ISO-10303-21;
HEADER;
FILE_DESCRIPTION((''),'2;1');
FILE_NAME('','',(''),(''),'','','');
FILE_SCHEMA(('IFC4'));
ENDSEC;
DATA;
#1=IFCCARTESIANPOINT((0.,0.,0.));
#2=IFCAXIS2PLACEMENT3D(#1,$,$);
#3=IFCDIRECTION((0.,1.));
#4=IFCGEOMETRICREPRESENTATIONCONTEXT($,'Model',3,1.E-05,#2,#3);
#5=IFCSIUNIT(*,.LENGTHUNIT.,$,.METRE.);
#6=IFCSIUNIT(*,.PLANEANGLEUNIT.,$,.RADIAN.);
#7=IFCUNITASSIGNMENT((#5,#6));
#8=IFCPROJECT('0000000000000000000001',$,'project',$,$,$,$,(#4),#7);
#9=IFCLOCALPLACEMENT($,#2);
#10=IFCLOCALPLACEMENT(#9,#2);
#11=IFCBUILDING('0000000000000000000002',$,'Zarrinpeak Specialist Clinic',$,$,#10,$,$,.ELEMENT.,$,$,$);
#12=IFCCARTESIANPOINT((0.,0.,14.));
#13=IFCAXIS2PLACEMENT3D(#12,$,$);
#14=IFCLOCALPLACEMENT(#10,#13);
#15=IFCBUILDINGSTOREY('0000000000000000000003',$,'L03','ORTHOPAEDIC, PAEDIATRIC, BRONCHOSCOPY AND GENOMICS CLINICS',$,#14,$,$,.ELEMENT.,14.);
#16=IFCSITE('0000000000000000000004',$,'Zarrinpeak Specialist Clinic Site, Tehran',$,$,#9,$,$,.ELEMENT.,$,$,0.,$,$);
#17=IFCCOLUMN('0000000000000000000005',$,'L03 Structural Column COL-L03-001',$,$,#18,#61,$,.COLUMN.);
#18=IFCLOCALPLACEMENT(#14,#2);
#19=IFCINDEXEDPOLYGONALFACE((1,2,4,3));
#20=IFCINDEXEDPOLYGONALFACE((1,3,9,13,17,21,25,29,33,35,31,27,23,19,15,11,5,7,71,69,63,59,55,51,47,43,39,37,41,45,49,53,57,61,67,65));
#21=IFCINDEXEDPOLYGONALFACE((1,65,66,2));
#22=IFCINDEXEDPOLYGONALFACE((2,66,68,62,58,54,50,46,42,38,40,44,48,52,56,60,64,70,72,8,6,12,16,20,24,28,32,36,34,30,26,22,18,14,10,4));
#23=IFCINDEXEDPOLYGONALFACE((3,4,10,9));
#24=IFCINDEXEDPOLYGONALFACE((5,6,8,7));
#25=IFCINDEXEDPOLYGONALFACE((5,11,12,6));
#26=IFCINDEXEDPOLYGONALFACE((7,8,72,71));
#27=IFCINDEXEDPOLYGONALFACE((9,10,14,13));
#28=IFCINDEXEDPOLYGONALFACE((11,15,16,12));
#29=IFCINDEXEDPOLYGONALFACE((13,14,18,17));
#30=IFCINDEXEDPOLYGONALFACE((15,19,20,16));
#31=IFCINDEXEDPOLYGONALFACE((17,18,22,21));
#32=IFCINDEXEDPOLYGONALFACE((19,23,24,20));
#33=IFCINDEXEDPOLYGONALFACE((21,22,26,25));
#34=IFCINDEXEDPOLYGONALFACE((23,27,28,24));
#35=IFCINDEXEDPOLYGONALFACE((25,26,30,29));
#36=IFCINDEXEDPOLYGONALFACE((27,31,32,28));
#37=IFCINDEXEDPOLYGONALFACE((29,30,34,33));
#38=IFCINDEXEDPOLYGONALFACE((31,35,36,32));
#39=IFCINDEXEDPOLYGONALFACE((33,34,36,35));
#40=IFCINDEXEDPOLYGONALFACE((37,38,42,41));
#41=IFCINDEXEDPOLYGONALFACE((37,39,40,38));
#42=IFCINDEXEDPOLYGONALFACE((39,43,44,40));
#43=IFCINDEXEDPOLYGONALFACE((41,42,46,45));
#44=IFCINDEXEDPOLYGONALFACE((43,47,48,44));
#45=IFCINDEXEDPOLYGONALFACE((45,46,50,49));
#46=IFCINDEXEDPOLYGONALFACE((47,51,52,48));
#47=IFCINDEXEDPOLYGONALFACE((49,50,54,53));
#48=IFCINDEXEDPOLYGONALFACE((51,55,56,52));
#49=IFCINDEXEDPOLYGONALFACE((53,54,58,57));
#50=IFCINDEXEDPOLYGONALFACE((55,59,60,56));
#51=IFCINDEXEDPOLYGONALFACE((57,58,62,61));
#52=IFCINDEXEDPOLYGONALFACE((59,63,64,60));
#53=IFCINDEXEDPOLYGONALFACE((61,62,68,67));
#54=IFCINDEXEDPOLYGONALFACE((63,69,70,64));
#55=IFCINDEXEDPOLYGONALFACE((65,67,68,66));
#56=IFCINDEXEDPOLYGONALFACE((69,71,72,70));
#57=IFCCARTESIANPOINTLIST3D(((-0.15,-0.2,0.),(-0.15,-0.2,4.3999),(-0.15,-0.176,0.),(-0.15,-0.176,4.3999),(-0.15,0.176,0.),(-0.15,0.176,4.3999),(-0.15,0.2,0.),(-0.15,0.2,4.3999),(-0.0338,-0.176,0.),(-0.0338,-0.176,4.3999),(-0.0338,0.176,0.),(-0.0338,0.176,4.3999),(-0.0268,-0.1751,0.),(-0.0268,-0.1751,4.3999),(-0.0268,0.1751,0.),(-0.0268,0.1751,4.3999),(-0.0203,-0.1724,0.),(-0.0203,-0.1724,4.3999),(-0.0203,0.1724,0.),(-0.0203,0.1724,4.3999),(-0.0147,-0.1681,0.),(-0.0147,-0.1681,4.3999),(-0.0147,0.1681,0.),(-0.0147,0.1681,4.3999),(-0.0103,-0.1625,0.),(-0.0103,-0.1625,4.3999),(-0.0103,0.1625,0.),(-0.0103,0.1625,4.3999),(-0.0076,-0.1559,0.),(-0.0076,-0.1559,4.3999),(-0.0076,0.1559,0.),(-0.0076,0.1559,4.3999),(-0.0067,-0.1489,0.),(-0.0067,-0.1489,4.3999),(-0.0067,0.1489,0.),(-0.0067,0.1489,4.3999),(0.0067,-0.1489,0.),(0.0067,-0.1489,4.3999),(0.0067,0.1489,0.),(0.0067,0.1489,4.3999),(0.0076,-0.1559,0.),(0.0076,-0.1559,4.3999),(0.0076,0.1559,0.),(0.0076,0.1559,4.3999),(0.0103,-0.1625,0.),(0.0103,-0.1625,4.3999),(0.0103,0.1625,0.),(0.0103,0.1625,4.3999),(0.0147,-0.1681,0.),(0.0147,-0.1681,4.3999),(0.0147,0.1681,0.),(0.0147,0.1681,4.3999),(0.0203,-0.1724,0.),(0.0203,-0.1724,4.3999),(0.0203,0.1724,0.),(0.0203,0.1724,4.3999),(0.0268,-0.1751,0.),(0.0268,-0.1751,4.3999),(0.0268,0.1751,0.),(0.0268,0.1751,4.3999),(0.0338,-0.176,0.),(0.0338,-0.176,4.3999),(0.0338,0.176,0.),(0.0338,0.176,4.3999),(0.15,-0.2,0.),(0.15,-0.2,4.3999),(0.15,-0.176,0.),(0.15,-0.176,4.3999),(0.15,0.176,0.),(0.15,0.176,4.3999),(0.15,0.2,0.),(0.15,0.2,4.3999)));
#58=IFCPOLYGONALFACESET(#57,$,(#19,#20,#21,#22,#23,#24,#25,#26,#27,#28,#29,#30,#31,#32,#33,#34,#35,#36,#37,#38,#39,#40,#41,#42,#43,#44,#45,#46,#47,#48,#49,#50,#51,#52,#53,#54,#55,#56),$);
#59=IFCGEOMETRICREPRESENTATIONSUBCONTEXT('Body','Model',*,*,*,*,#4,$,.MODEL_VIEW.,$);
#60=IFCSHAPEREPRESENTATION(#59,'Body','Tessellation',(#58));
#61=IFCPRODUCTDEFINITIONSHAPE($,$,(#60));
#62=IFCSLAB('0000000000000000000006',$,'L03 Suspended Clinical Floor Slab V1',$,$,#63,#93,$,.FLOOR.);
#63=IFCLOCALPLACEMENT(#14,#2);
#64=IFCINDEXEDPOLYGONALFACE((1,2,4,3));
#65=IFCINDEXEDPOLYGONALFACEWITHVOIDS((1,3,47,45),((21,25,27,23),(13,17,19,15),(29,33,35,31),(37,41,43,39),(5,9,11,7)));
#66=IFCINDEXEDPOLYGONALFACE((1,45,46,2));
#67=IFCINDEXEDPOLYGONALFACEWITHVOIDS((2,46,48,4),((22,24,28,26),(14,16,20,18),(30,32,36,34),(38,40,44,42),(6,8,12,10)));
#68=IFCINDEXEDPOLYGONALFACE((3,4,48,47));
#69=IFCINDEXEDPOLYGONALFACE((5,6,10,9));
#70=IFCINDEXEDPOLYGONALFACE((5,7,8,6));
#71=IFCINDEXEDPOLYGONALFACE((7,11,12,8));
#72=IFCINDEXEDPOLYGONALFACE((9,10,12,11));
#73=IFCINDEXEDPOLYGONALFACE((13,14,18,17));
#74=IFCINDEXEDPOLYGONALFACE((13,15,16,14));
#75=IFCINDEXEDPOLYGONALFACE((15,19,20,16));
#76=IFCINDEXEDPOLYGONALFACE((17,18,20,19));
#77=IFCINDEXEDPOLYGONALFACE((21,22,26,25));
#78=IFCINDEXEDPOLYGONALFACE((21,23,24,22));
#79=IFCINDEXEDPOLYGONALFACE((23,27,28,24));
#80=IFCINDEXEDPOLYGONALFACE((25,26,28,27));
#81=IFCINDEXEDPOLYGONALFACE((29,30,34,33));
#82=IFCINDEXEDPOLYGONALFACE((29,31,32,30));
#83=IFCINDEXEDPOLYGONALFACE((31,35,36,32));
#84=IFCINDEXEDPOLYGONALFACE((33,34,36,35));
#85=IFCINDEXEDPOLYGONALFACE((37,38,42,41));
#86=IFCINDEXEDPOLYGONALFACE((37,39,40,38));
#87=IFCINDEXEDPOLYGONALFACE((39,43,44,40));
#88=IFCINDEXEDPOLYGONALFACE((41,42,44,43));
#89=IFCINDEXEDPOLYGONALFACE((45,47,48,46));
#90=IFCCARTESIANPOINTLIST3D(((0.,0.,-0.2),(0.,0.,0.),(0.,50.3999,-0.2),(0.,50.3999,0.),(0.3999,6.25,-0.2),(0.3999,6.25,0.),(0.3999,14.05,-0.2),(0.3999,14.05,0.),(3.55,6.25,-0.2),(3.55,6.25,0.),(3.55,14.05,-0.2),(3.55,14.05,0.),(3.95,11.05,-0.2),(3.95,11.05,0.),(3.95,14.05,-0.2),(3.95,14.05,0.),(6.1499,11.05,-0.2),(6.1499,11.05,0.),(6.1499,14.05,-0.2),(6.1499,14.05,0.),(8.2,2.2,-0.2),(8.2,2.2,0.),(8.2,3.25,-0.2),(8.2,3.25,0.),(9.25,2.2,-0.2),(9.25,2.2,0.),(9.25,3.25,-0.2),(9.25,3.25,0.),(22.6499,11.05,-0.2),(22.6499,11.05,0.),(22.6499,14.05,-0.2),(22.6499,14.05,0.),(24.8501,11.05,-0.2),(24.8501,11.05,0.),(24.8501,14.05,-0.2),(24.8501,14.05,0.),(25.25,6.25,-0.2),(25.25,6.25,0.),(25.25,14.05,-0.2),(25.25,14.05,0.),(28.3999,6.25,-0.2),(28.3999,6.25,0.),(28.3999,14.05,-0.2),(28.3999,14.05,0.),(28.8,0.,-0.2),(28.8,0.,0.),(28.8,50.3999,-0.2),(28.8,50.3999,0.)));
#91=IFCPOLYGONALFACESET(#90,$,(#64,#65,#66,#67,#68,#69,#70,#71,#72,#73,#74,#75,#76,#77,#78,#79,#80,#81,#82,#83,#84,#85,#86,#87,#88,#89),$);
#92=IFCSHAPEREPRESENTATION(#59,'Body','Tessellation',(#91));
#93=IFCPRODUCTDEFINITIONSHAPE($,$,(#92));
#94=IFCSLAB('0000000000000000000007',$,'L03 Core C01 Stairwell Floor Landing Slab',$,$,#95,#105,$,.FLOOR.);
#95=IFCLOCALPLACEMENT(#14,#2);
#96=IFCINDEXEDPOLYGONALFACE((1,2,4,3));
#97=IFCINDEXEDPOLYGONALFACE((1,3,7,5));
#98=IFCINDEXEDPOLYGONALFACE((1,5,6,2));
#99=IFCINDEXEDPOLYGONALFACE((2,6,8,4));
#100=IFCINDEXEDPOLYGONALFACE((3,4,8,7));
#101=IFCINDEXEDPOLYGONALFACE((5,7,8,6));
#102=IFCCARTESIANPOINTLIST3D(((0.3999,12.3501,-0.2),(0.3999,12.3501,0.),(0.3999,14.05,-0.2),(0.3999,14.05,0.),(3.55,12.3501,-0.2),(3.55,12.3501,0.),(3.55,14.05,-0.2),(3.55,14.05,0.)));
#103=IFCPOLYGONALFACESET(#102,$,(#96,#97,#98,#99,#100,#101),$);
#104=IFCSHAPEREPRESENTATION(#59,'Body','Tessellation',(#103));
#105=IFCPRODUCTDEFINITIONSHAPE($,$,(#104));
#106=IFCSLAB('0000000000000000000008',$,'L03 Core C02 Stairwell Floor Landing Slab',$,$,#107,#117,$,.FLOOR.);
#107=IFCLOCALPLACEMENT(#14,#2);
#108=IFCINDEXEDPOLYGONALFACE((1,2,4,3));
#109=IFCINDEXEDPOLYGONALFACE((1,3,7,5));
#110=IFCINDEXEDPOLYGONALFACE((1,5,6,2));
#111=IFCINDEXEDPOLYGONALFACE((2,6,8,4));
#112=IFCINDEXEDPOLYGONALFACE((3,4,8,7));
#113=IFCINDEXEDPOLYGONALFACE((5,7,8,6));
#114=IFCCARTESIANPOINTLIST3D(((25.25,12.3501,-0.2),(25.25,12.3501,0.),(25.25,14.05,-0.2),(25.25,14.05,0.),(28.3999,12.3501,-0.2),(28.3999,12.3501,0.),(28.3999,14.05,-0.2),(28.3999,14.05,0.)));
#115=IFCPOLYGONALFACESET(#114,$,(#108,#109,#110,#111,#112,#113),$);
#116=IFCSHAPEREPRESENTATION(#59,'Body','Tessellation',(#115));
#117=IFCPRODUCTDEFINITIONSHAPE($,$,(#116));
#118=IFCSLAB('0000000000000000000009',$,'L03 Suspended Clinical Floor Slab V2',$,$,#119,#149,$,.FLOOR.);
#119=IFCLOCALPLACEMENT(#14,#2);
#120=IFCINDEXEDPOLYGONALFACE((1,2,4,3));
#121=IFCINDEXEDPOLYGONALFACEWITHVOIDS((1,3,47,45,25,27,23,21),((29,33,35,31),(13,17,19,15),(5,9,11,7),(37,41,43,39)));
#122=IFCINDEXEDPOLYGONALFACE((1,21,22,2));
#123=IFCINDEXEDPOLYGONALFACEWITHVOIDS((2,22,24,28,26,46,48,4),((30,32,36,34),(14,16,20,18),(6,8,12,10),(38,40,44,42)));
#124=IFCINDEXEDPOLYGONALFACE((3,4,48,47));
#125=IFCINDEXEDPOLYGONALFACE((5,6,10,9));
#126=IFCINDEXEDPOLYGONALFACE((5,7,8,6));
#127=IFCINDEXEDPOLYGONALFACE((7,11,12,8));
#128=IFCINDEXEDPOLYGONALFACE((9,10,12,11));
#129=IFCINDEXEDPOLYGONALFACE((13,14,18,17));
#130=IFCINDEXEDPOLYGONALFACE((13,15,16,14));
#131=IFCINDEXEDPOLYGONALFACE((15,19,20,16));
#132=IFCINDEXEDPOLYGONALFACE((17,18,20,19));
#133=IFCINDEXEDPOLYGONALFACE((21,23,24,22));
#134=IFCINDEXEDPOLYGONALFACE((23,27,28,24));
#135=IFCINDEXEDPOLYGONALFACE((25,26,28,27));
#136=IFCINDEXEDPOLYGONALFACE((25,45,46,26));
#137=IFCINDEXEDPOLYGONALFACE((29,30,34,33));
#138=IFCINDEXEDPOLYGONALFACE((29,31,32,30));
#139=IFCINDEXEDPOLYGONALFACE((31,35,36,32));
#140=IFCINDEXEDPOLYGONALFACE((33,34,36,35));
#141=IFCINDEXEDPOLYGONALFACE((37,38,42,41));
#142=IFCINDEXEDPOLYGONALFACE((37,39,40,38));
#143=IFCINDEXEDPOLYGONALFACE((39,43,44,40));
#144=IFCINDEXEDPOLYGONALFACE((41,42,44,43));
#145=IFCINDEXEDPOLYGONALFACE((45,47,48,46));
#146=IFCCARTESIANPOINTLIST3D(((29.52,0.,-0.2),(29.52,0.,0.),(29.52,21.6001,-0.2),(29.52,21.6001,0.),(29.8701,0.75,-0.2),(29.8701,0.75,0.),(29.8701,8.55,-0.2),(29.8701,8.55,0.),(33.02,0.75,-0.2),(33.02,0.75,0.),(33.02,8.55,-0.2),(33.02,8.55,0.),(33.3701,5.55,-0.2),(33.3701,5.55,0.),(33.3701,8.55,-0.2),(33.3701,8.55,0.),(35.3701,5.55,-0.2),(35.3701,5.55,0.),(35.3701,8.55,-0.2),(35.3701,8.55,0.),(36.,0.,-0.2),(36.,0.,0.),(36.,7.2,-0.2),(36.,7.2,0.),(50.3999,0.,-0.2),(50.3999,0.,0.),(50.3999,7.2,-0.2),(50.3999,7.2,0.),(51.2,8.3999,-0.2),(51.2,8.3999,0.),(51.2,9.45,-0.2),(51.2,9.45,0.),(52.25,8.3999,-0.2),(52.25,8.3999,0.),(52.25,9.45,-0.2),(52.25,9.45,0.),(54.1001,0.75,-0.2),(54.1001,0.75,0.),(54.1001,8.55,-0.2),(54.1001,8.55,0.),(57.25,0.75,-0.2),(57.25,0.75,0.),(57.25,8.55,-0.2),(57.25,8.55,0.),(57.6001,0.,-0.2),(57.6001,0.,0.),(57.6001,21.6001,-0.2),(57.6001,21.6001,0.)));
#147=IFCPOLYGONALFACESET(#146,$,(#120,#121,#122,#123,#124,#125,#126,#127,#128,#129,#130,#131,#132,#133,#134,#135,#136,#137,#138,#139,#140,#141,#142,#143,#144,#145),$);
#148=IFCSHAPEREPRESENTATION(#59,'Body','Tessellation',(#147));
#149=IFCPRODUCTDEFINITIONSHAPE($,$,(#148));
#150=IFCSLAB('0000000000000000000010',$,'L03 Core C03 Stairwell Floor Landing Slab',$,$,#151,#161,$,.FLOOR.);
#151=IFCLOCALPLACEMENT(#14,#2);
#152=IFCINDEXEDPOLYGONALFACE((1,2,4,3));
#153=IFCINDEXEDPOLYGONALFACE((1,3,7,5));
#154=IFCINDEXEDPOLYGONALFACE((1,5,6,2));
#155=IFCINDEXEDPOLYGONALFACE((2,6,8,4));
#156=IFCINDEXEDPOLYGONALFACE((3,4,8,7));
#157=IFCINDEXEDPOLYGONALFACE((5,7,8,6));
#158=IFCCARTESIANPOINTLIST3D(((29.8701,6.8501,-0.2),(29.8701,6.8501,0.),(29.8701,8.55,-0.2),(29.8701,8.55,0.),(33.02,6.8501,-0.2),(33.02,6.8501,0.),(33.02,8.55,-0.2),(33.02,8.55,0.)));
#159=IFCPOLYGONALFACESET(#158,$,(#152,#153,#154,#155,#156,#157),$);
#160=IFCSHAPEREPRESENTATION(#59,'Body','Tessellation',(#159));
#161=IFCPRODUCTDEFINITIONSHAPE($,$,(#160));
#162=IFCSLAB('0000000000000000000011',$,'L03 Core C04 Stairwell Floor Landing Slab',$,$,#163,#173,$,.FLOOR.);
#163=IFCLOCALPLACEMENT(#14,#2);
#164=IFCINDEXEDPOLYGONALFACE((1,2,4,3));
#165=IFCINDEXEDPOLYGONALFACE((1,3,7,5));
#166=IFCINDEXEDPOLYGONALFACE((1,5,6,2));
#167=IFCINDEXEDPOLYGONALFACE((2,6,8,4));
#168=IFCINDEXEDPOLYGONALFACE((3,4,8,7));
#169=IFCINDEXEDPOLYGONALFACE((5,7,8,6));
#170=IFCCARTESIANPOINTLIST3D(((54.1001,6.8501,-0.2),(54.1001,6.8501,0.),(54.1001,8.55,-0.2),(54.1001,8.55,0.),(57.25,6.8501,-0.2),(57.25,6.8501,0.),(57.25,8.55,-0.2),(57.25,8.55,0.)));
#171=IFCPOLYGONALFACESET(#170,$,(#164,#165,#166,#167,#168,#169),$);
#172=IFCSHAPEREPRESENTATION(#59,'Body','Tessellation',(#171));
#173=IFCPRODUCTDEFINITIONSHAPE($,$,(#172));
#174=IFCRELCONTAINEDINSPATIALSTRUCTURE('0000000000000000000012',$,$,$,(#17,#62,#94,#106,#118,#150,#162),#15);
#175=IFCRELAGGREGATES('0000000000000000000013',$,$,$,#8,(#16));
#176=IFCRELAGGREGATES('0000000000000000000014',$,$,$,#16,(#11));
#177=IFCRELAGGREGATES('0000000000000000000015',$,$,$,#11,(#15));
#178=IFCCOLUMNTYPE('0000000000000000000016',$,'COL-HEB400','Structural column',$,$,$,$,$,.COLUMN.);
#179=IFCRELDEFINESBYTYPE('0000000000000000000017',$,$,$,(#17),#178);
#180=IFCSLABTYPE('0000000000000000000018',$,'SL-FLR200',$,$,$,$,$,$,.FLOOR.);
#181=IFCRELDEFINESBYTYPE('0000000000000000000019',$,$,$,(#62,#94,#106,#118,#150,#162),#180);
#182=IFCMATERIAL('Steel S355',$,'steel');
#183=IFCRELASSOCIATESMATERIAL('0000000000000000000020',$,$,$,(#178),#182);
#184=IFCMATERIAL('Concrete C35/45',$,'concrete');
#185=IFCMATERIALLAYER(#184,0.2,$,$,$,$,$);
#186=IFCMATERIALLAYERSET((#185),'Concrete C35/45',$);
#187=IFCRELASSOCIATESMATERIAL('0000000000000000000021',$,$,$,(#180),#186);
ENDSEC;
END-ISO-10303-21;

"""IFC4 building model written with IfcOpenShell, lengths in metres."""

from ifc_helpers import new_model, si_unit, direction, frame, origin, origin_with_axes, origin_2d, place, context, subcontext, project, spatial, polyline, i_section, outline, extrude, material, layer, layer_set, material_profile, profile_set, type_object, element, save


model = new_model("IFC4")

# Units and contexts
model_context = context("Model", 3, precision=1e-05, world=origin(), true_north=direction((0.0, 1.0)))
body_context = subcontext(model_context, "Body", "Model", "MODEL_VIEW")
ifc_project = project(units=[si_unit("LENGTHUNIT", "METRE"), si_unit("PLANEANGLEUNIT", "RADIAN")], contexts=[model_context])

# Site, building, storey
site_placement = place(None, origin())
site = spatial("IfcSite", under=ifc_project, at=site_placement, Name="Zarrinpeak Specialist Clinic Site, Tehran", CompositionType="ELEMENT", RefElevation=0.0)
building_placement = place(site_placement, origin())
building = spatial("IfcBuilding", under=site, at=building_placement, Name="Zarrinpeak Specialist Clinic", CompositionType="ELEMENT")
storey_placement = place(building_placement, frame((0.0, 0.0, 14.0)))
storey = spatial("IfcBuildingStorey", under=building, at=storey_placement, Name="L03", Description="ORTHOPAEDIC, PAEDIATRIC, BRONCHOSCOPY AND GENOMICS CLINICS", CompositionType="ELEMENT", Elevation=14.0)

# Column
ifc_material_1 = material(Name="Steel S355", Category="steel")
ifc_material_profile = material_profile(ifc_material_1, i_section(OverallWidth=0.3, OverallDepth=0.3999, WebThickness=0.0134, FlangeThickness=0.0239, FilletRadius=0.0271, at=origin_2d()), Name="HEB 400")
ifc_profile_set = profile_set([ifc_material_profile], Name="Steel S355")
column_type = type_object("IfcColumnType", Name="COL-HEB400", Description="Structural column", PredefinedType="COLUMN", material=ifc_profile_set)
column_placement = place(storey_placement, origin_with_axes())
element("IfcColumn", 1, at=column_placement, inside=storey, type_object=column_type, Name="L03 Structural Column COL-L03-001", PredefinedType="COLUMN", context=body_context, shape_type="SweptSolid", body=[
    extrude(i_section(OverallWidth=0.3, OverallDepth=0.3999, WebThickness=0.0134, FlangeThickness=0.0239, FilletRadius=0.0271, at=origin_2d()), origin(), (0.0, 0.0, 1.0), 4.3999),
])

# Slabs
ifc_material_2 = material(Name="Concrete C35/45", Category="concrete")
ifc_layer_1 = layer(ifc_material_2, 0.2)
ifc_layer_set_1 = layer_set([ifc_layer_1], Name="Concrete C35/45")
slab_type_1 = type_object("IfcSlabType", Name="SL-FLR200", PredefinedType="FLOOR", material=ifc_layer_set_1)
slab_1_placement = place(storey_placement, frame((0.0, 0.0, -0.2)))
element("IfcSlab", 2, at=slab_1_placement, inside=storey, type_object=slab_type_1, Name="L03 Suspended Clinical Floor Slab V1", PredefinedType="FLOOR", context=body_context, shape_type="SweptSolid", body=[
    extrude(outline(polyline([(0.0, 0.0), (28.8, 0.0), (28.8, 50.3999), (0.0, 50.3999), (0.0, 0.0)]), holes=[polyline([(0.3999, 6.25), (3.55, 6.25), (3.55, 14.05), (0.3999, 14.05), (0.3999, 6.25)]), polyline([(3.95, 11.05), (6.1499, 11.05), (6.1499, 14.05), (3.95, 14.05), (3.95, 11.05)]), polyline([(25.25, 6.25), (28.3999, 6.25), (28.3999, 14.05), (25.25, 14.05), (25.25, 6.25)]), polyline([(22.6499, 11.05), (24.8501, 11.05), (24.8501, 14.05), (22.6499, 14.05), (22.6499, 11.05)]), polyline([(8.2, 2.2), (9.25, 2.2), (9.25, 3.25), (8.2, 3.25), (8.2, 2.2)])]), origin(), (0.0, 0.0, 1.0), 0.2),
])
slab_2_placement = place(storey_placement, frame((0.0, 0.0, -0.2)))
element("IfcSlab", 3, at=slab_2_placement, inside=storey, type_object=slab_type_1, Name="L03 Core C01 Stairwell Floor Landing Slab", PredefinedType="FLOOR", context=body_context, shape_type="SweptSolid", body=[
    extrude(outline(polyline([(0.3999, 12.3501), (3.55, 12.3501), (3.55, 14.05), (0.3999, 14.05), (0.3999, 12.3501)])), origin(), (0.0, 0.0, 1.0), 0.2),
])
slab_3_placement = place(storey_placement, frame((0.0, 0.0, -0.2)))
element("IfcSlab", 4, at=slab_3_placement, inside=storey, type_object=slab_type_1, Name="L03 Core C02 Stairwell Floor Landing Slab", PredefinedType="FLOOR", context=body_context, shape_type="SweptSolid", body=[
    extrude(outline(polyline([(25.25, 12.3501), (28.3999, 12.3501), (28.3999, 14.05), (25.25, 14.05), (25.25, 12.3501)])), origin(), (0.0, 0.0, 1.0), 0.2),
])
slab_4_placement = place(storey_placement, frame((0.0, 0.0, -0.2)))
element("IfcSlab", 5, at=slab_4_placement, inside=storey, type_object=slab_type_1, Name="L03 Suspended Clinical Floor Slab V2", PredefinedType="FLOOR", context=body_context, shape_type="SweptSolid", body=[
    extrude(outline(polyline([(29.52, 0.0), (36.0, 0.0), (36.0, 7.2), (50.3999, 7.2), (50.3999, 0.0), (57.6001, 0.0), (57.6001, 21.6001), (29.52, 21.6001), (29.52, 0.0)]), holes=[polyline([(29.8701, 0.75), (33.02, 0.75), (33.02, 8.55), (29.8701, 8.55), (29.8701, 0.75)]), polyline([(33.3701, 5.55), (35.3701, 5.55), (35.3701, 8.55), (33.3701, 8.55), (33.3701, 5.55)]), polyline([(54.1001, 0.75), (57.25, 0.75), (57.25, 8.55), (54.1001, 8.55), (54.1001, 0.75)]), polyline([(51.2, 8.3999), (52.25, 8.3999), (52.25, 9.45), (51.2, 9.45), (51.2, 8.3999)])]), origin(), (0.0, 0.0, 1.0), 0.2),
])
slab_5_placement = place(storey_placement, frame((0.0, 0.0, -0.2)))
element("IfcSlab", 6, at=slab_5_placement, inside=storey, type_object=slab_type_1, Name="L03 Core C03 Stairwell Floor Landing Slab", PredefinedType="FLOOR", context=body_context, shape_type="SweptSolid", body=[
    extrude(outline(polyline([(29.8701, 6.8501), (33.02, 6.8501), (33.02, 8.55), (29.8701, 8.55), (29.8701, 6.8501)])), origin(), (0.0, 0.0, 1.0), 0.2),
])
slab_6_placement = place(storey_placement, frame((0.0, 0.0, -0.2)))
element("IfcSlab", 7, at=slab_6_placement, inside=storey, type_object=slab_type_1, Name="L03 Core C04 Stairwell Floor Landing Slab", PredefinedType="FLOOR", context=body_context, shape_type="SweptSolid", body=[
    extrude(outline(polyline([(54.1001, 6.8501), (57.25, 6.8501), (57.25, 8.55), (54.1001, 8.55), (54.1001, 6.8501)])), origin(), (0.0, 0.0, 1.0), 0.2),
])

save(model, "model.ifc")
